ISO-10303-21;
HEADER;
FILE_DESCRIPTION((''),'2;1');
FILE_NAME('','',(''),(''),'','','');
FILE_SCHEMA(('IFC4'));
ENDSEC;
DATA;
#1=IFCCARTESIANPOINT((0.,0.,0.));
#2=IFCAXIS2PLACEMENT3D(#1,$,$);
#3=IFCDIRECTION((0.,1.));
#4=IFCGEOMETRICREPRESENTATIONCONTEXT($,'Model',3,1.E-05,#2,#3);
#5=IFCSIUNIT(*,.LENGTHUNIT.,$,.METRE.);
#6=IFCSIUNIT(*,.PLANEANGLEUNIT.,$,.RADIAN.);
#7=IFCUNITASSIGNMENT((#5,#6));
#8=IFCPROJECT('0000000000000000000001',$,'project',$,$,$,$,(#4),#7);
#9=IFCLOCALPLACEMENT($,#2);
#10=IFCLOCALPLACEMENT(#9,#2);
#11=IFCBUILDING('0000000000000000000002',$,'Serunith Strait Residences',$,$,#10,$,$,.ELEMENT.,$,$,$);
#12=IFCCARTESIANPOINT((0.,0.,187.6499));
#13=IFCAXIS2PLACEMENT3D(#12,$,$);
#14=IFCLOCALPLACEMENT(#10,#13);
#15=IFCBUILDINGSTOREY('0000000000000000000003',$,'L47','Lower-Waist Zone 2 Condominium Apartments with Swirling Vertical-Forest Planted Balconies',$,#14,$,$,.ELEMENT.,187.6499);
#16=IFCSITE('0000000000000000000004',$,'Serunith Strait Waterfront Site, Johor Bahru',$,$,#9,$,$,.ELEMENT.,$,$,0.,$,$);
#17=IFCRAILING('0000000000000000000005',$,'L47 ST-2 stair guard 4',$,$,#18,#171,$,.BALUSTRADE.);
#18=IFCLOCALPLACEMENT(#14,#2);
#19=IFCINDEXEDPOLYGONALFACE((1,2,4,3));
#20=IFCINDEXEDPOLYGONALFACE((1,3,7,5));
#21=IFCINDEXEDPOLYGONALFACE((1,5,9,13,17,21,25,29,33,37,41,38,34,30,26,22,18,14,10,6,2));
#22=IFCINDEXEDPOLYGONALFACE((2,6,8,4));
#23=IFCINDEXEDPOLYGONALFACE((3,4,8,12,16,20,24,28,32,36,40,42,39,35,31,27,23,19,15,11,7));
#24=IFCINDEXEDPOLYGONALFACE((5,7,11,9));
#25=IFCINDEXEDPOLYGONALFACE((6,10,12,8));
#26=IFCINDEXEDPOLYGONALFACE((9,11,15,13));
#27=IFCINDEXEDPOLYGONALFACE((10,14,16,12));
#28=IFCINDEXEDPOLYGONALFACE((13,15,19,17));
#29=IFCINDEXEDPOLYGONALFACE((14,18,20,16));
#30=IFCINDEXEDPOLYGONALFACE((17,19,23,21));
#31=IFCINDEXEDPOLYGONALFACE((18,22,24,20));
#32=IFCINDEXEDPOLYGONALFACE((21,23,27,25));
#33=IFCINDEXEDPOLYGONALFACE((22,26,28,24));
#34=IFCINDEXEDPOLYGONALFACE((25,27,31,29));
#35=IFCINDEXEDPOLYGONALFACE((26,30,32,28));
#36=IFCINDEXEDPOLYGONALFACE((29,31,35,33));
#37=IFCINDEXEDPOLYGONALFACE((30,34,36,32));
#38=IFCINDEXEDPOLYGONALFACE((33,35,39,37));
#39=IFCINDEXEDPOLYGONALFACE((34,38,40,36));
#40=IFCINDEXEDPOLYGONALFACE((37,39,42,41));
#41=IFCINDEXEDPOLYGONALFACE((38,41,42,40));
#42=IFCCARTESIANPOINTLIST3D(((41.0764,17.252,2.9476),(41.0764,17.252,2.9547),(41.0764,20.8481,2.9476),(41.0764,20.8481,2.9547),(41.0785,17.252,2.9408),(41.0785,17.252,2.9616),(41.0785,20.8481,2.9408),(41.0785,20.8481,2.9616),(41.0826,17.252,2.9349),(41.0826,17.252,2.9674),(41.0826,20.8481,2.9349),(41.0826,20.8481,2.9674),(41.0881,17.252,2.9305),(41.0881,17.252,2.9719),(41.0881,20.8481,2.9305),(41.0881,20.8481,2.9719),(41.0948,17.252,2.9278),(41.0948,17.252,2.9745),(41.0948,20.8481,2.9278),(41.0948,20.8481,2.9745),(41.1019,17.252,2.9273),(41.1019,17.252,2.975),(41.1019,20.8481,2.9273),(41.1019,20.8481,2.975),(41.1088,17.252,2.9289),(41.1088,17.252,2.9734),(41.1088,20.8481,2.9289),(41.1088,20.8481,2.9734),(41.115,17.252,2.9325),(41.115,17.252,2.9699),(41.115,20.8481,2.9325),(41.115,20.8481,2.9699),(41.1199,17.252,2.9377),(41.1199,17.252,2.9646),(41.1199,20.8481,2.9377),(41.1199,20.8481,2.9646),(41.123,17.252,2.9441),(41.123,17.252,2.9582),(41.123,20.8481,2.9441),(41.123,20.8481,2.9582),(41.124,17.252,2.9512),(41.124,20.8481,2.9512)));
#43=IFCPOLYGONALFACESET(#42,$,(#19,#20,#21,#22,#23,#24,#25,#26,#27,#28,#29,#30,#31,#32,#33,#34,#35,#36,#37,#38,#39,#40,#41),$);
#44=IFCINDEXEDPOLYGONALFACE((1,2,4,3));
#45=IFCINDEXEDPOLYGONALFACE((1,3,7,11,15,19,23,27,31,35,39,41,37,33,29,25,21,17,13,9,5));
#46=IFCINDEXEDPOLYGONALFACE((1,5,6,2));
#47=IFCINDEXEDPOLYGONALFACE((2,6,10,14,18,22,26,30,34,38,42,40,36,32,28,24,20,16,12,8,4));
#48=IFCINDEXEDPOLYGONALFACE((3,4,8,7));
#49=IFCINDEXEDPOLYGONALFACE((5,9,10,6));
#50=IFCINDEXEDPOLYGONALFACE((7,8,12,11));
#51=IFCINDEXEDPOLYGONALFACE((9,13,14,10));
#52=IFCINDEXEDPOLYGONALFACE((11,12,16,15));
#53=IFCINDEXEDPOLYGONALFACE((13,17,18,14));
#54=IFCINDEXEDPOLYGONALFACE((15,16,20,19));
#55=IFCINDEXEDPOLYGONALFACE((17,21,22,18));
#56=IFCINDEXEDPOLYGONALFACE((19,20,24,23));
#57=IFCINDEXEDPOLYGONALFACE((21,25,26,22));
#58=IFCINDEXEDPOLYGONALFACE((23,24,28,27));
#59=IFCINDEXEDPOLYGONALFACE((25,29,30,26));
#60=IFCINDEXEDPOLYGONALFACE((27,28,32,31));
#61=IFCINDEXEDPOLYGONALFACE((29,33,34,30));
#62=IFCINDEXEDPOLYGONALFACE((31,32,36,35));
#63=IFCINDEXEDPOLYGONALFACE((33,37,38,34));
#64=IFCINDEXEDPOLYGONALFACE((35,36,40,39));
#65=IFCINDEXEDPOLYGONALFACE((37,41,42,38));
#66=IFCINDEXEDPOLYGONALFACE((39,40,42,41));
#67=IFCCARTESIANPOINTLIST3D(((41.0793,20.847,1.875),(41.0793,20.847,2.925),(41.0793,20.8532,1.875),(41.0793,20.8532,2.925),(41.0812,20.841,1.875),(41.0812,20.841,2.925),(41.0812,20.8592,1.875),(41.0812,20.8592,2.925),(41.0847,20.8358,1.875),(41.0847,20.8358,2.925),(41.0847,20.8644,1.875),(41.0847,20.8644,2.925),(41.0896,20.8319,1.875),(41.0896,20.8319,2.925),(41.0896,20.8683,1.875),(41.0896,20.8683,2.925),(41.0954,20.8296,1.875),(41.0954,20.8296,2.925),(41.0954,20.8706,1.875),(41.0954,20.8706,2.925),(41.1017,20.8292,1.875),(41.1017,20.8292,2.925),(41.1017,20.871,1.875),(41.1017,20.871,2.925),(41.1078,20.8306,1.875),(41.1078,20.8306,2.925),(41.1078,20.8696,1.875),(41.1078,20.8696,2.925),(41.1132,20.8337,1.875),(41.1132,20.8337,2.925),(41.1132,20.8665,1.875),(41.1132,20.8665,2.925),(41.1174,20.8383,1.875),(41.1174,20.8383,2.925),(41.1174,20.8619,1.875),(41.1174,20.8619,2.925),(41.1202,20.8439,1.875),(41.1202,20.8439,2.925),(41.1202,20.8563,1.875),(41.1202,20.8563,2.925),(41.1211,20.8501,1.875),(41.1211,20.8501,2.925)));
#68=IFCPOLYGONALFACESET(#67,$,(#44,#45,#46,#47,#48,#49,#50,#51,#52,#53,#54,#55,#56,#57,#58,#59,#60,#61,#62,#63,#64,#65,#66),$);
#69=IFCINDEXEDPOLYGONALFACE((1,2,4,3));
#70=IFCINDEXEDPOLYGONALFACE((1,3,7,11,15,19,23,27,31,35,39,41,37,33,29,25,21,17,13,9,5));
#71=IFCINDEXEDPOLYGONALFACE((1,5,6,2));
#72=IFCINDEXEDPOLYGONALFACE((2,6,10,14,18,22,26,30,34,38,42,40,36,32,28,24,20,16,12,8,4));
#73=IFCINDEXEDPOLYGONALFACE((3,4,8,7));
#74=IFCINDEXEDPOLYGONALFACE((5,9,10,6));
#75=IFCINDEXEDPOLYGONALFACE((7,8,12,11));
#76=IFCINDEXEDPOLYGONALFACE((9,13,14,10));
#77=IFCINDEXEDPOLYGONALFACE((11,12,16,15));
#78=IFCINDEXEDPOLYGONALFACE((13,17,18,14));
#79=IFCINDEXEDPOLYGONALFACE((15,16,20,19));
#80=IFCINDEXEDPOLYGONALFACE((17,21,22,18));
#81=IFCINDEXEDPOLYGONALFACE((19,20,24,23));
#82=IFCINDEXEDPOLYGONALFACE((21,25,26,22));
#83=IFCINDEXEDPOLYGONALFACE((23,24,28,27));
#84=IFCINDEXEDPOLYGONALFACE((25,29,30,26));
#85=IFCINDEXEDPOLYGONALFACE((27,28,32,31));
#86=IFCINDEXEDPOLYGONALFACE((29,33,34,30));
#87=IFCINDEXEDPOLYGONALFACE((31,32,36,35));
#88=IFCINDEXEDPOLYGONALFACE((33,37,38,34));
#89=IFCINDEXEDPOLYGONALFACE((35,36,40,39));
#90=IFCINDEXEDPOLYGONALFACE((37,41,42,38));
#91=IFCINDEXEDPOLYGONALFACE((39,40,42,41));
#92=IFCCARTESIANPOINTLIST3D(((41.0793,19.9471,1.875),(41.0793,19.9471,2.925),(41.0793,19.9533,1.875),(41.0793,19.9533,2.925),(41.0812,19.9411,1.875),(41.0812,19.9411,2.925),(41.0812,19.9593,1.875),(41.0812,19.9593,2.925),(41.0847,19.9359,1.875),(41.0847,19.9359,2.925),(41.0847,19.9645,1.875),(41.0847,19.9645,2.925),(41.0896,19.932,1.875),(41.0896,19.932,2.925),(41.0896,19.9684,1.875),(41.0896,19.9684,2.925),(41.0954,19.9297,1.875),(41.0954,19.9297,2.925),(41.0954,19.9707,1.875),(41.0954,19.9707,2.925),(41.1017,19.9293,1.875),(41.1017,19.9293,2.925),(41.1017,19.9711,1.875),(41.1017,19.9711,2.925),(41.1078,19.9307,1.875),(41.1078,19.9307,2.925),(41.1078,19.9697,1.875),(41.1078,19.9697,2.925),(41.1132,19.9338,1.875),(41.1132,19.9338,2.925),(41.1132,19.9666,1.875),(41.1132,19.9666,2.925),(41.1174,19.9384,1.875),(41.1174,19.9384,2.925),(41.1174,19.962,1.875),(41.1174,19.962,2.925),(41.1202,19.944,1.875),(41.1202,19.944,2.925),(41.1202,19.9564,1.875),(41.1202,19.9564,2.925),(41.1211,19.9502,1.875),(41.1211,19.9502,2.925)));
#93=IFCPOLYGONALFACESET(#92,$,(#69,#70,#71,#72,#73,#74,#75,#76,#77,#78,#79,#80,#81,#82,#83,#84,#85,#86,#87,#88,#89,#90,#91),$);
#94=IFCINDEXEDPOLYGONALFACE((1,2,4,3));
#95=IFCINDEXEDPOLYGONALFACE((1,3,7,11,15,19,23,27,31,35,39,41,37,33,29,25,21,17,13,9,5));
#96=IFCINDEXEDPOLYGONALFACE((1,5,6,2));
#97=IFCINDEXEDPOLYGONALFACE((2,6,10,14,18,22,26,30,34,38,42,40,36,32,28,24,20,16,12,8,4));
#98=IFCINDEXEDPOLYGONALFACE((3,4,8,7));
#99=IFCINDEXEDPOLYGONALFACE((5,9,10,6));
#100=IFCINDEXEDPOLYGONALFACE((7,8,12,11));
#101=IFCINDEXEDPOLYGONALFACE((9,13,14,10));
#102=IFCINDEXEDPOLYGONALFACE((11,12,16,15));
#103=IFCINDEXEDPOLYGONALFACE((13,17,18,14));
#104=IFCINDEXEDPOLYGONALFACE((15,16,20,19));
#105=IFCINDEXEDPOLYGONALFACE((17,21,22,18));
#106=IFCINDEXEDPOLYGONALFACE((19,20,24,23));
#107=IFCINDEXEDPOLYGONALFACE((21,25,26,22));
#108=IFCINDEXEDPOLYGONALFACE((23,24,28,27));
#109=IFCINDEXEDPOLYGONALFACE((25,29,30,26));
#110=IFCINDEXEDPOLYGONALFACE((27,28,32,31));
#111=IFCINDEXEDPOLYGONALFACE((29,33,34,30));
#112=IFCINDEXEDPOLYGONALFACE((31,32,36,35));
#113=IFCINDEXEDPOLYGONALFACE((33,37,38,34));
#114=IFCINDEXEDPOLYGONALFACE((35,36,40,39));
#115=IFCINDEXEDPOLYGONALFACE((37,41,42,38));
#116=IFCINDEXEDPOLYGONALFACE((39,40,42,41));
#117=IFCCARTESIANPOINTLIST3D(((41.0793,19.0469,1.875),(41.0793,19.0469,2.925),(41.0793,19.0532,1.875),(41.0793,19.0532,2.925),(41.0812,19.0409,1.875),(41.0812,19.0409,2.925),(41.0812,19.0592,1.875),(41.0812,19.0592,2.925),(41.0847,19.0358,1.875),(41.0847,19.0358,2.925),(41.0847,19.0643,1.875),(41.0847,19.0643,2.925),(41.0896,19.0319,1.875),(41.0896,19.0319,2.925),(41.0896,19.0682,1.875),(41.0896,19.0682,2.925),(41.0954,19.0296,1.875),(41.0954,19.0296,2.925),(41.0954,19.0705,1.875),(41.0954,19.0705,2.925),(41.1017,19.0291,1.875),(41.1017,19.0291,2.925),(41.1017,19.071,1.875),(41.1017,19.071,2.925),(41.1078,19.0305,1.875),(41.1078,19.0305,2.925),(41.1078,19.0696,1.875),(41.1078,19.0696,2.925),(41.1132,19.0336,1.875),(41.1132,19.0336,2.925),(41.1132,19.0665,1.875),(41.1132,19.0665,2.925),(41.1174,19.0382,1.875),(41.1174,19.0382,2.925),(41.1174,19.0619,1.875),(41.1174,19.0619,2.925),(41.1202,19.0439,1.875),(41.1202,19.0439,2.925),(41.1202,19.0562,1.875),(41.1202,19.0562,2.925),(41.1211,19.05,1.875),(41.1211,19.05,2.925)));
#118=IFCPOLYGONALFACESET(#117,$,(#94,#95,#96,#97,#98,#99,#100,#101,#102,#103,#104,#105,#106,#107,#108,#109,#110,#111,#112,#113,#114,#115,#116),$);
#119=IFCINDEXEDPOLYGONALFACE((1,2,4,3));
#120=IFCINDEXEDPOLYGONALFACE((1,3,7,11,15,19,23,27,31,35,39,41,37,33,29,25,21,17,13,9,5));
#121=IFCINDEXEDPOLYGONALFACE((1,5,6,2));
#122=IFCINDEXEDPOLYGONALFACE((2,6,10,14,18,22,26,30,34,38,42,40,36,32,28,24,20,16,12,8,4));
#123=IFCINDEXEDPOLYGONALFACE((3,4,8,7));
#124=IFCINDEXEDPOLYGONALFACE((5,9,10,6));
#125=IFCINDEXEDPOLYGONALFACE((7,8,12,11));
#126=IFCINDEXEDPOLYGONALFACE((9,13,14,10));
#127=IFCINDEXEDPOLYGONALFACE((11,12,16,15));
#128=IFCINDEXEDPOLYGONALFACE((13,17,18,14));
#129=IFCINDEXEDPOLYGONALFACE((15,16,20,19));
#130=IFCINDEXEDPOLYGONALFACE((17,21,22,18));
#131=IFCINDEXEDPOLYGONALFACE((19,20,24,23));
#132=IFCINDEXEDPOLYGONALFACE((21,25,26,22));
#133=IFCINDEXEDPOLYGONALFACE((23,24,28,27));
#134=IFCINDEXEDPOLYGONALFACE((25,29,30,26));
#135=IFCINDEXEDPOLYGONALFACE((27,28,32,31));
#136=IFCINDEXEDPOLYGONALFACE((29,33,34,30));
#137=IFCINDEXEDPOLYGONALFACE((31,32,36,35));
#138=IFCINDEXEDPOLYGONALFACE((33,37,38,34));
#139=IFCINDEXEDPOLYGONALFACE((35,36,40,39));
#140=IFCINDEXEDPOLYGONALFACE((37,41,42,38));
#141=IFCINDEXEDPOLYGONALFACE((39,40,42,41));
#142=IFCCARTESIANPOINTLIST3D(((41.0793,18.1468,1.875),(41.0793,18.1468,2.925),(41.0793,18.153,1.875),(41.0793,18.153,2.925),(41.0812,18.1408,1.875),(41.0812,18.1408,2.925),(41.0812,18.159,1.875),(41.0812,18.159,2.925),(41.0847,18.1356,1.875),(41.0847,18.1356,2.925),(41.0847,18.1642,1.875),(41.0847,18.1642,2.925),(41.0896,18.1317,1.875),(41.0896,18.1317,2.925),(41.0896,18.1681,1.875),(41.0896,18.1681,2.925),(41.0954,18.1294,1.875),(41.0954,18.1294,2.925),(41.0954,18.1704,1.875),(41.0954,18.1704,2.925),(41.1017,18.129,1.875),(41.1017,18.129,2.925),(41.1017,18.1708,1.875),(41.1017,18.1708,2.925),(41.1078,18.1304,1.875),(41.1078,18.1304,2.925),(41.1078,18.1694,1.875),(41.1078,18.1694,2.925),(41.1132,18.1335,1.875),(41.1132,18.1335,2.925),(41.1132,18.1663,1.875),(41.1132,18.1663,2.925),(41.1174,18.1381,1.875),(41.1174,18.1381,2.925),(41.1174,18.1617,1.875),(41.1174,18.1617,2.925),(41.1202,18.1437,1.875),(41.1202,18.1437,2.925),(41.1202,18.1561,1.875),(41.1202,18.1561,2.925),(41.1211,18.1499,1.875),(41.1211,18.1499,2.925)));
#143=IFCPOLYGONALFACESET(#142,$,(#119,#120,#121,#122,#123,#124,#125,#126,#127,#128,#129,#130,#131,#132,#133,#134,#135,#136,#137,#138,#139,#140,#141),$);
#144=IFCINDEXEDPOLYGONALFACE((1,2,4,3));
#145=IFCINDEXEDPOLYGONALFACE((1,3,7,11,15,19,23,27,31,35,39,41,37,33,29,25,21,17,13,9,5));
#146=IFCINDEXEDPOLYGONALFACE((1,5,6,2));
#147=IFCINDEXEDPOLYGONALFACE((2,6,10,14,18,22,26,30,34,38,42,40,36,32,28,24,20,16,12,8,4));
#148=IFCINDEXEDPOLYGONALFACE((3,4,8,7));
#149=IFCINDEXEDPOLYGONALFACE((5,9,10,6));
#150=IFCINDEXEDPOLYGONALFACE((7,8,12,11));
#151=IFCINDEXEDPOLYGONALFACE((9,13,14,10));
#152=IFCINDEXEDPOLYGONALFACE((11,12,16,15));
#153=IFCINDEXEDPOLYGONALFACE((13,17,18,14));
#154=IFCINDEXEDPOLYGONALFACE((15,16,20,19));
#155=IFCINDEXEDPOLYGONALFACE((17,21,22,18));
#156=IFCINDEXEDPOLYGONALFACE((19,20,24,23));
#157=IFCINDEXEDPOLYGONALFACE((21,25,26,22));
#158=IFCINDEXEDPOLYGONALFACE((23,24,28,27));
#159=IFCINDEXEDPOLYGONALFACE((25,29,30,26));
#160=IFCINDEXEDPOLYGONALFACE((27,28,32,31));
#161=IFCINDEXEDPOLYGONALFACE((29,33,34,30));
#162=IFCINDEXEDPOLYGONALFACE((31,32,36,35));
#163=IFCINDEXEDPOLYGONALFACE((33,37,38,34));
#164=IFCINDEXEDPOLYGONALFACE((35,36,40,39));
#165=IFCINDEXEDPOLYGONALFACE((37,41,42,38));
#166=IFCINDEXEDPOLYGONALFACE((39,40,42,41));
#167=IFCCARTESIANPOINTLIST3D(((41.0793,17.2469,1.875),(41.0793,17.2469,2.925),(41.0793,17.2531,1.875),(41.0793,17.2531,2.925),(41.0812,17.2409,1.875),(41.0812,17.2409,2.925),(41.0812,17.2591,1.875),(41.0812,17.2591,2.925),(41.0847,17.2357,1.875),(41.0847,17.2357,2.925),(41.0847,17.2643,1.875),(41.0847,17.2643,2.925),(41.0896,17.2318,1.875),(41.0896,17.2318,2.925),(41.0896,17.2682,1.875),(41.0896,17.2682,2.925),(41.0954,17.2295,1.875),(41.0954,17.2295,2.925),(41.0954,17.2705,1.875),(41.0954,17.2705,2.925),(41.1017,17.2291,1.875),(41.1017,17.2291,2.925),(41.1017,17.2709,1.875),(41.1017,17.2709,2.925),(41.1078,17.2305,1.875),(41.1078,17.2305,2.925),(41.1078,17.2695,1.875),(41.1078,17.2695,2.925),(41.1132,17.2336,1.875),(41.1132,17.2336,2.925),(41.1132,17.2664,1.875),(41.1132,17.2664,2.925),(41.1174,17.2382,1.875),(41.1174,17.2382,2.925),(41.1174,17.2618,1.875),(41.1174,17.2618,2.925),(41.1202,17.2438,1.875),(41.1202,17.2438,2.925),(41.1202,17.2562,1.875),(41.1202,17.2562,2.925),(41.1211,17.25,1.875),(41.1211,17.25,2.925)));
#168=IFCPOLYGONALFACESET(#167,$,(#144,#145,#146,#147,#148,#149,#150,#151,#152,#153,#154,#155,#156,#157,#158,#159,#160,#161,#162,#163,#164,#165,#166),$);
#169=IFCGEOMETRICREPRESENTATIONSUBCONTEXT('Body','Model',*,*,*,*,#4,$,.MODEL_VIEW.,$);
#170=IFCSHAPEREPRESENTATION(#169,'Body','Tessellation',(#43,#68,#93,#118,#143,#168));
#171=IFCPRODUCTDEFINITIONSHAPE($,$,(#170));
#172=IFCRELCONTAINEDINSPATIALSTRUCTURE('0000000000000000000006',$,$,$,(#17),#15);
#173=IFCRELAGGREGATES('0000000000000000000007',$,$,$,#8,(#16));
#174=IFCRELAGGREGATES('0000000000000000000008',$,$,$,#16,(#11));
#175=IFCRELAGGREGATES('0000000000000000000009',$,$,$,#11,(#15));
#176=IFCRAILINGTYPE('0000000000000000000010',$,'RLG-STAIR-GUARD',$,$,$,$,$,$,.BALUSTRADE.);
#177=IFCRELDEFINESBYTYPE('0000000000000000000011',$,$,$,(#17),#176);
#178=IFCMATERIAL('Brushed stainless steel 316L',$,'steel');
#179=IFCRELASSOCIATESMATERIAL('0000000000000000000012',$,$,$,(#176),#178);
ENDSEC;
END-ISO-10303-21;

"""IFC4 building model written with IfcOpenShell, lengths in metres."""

from ifc_helpers import new_model, si_unit, direction, frame, origin, origin_2d, place, context, subcontext, project, spatial, circle, extrude, material, type_object, element, save


model = new_model("IFC4")

# Units and contexts
model_context = context("Model", 3, precision=1e-05, world=origin(), true_north=direction((0.0, 1.0)))
body_context = subcontext(model_context, "Body", "Model", "MODEL_VIEW")
ifc_project = project(units=[si_unit("LENGTHUNIT", "METRE"), si_unit("PLANEANGLEUNIT", "RADIAN")], contexts=[model_context])

# Site, building, storey
site_placement = place(None, origin())
site = spatial("IfcSite", under=ifc_project, at=site_placement, Name="Serunith Strait Waterfront Site, Johor Bahru", CompositionType="ELEMENT", RefElevation=0.0)
building_placement = place(site_placement, origin())
building = spatial("IfcBuilding", under=site, at=building_placement, Name="Serunith Strait Residences", CompositionType="ELEMENT")
storey_placement = place(building_placement, frame((0.0, 0.0, 187.6499)))
storey = spatial("IfcBuildingStorey", under=building, at=storey_placement, Name="L47", Description="Lower-Waist Zone 2 Condominium Apartments with Swirling Vertical-Forest Planted Balconies", CompositionType="ELEMENT", Elevation=187.6499)

# Railing
ifc_material_1 = material(Name="Brushed stainless steel 316L", Category="steel")
railing_type_1 = type_object("IfcRailingType", Name="RLG-STAIR-GUARD", PredefinedType="BALUSTRADE", material=ifc_material_1)
for number, where, name in (
    (1, (41.1001, 20.8501, 1.875), "L47 ST-2 stair guard 4"),
):
    element("IfcRailing", number, at=place(storey_placement, frame(where)), inside=storey, type_object=railing_type_1, Name=name, PredefinedType="BALUSTRADE", context=body_context, shape_type="SweptSolid", body=[
        extrude(circle(Radius=0.0239, at=origin_2d()), frame((0.0, -0.002, 1.0762), z_axis=(0.0, -1.0, 0.0), x_axis=(1.0, 0.0, 0.0)), (0.0, 0.0, 1.0), 3.5962),
        extrude(circle(Radius=0.021, at=origin_2d()), origin(), (0.0, 0.0, 1.0), 1.05),
        extrude(circle(Radius=0.021, at=origin_2d()), frame((0.0, -0.8999, 0.0)), (0.0, 0.0, 1.0), 1.05),
        extrude(circle(Radius=0.021, at=origin_2d()), frame((0.0, -1.8, 0.0)), (0.0, 0.0, 1.0), 1.05),
        extrude(circle(Radius=0.021, at=origin_2d()), frame((0.0, -2.7002, 0.0)), (0.0, 0.0, 1.0), 1.05),
        extrude(circle(Radius=0.021, at=origin_2d()), frame((0.0, -3.6001, 0.0)), (0.0, 0.0, 1.0), 1.05),
    ])

save(model, "model.ifc")
